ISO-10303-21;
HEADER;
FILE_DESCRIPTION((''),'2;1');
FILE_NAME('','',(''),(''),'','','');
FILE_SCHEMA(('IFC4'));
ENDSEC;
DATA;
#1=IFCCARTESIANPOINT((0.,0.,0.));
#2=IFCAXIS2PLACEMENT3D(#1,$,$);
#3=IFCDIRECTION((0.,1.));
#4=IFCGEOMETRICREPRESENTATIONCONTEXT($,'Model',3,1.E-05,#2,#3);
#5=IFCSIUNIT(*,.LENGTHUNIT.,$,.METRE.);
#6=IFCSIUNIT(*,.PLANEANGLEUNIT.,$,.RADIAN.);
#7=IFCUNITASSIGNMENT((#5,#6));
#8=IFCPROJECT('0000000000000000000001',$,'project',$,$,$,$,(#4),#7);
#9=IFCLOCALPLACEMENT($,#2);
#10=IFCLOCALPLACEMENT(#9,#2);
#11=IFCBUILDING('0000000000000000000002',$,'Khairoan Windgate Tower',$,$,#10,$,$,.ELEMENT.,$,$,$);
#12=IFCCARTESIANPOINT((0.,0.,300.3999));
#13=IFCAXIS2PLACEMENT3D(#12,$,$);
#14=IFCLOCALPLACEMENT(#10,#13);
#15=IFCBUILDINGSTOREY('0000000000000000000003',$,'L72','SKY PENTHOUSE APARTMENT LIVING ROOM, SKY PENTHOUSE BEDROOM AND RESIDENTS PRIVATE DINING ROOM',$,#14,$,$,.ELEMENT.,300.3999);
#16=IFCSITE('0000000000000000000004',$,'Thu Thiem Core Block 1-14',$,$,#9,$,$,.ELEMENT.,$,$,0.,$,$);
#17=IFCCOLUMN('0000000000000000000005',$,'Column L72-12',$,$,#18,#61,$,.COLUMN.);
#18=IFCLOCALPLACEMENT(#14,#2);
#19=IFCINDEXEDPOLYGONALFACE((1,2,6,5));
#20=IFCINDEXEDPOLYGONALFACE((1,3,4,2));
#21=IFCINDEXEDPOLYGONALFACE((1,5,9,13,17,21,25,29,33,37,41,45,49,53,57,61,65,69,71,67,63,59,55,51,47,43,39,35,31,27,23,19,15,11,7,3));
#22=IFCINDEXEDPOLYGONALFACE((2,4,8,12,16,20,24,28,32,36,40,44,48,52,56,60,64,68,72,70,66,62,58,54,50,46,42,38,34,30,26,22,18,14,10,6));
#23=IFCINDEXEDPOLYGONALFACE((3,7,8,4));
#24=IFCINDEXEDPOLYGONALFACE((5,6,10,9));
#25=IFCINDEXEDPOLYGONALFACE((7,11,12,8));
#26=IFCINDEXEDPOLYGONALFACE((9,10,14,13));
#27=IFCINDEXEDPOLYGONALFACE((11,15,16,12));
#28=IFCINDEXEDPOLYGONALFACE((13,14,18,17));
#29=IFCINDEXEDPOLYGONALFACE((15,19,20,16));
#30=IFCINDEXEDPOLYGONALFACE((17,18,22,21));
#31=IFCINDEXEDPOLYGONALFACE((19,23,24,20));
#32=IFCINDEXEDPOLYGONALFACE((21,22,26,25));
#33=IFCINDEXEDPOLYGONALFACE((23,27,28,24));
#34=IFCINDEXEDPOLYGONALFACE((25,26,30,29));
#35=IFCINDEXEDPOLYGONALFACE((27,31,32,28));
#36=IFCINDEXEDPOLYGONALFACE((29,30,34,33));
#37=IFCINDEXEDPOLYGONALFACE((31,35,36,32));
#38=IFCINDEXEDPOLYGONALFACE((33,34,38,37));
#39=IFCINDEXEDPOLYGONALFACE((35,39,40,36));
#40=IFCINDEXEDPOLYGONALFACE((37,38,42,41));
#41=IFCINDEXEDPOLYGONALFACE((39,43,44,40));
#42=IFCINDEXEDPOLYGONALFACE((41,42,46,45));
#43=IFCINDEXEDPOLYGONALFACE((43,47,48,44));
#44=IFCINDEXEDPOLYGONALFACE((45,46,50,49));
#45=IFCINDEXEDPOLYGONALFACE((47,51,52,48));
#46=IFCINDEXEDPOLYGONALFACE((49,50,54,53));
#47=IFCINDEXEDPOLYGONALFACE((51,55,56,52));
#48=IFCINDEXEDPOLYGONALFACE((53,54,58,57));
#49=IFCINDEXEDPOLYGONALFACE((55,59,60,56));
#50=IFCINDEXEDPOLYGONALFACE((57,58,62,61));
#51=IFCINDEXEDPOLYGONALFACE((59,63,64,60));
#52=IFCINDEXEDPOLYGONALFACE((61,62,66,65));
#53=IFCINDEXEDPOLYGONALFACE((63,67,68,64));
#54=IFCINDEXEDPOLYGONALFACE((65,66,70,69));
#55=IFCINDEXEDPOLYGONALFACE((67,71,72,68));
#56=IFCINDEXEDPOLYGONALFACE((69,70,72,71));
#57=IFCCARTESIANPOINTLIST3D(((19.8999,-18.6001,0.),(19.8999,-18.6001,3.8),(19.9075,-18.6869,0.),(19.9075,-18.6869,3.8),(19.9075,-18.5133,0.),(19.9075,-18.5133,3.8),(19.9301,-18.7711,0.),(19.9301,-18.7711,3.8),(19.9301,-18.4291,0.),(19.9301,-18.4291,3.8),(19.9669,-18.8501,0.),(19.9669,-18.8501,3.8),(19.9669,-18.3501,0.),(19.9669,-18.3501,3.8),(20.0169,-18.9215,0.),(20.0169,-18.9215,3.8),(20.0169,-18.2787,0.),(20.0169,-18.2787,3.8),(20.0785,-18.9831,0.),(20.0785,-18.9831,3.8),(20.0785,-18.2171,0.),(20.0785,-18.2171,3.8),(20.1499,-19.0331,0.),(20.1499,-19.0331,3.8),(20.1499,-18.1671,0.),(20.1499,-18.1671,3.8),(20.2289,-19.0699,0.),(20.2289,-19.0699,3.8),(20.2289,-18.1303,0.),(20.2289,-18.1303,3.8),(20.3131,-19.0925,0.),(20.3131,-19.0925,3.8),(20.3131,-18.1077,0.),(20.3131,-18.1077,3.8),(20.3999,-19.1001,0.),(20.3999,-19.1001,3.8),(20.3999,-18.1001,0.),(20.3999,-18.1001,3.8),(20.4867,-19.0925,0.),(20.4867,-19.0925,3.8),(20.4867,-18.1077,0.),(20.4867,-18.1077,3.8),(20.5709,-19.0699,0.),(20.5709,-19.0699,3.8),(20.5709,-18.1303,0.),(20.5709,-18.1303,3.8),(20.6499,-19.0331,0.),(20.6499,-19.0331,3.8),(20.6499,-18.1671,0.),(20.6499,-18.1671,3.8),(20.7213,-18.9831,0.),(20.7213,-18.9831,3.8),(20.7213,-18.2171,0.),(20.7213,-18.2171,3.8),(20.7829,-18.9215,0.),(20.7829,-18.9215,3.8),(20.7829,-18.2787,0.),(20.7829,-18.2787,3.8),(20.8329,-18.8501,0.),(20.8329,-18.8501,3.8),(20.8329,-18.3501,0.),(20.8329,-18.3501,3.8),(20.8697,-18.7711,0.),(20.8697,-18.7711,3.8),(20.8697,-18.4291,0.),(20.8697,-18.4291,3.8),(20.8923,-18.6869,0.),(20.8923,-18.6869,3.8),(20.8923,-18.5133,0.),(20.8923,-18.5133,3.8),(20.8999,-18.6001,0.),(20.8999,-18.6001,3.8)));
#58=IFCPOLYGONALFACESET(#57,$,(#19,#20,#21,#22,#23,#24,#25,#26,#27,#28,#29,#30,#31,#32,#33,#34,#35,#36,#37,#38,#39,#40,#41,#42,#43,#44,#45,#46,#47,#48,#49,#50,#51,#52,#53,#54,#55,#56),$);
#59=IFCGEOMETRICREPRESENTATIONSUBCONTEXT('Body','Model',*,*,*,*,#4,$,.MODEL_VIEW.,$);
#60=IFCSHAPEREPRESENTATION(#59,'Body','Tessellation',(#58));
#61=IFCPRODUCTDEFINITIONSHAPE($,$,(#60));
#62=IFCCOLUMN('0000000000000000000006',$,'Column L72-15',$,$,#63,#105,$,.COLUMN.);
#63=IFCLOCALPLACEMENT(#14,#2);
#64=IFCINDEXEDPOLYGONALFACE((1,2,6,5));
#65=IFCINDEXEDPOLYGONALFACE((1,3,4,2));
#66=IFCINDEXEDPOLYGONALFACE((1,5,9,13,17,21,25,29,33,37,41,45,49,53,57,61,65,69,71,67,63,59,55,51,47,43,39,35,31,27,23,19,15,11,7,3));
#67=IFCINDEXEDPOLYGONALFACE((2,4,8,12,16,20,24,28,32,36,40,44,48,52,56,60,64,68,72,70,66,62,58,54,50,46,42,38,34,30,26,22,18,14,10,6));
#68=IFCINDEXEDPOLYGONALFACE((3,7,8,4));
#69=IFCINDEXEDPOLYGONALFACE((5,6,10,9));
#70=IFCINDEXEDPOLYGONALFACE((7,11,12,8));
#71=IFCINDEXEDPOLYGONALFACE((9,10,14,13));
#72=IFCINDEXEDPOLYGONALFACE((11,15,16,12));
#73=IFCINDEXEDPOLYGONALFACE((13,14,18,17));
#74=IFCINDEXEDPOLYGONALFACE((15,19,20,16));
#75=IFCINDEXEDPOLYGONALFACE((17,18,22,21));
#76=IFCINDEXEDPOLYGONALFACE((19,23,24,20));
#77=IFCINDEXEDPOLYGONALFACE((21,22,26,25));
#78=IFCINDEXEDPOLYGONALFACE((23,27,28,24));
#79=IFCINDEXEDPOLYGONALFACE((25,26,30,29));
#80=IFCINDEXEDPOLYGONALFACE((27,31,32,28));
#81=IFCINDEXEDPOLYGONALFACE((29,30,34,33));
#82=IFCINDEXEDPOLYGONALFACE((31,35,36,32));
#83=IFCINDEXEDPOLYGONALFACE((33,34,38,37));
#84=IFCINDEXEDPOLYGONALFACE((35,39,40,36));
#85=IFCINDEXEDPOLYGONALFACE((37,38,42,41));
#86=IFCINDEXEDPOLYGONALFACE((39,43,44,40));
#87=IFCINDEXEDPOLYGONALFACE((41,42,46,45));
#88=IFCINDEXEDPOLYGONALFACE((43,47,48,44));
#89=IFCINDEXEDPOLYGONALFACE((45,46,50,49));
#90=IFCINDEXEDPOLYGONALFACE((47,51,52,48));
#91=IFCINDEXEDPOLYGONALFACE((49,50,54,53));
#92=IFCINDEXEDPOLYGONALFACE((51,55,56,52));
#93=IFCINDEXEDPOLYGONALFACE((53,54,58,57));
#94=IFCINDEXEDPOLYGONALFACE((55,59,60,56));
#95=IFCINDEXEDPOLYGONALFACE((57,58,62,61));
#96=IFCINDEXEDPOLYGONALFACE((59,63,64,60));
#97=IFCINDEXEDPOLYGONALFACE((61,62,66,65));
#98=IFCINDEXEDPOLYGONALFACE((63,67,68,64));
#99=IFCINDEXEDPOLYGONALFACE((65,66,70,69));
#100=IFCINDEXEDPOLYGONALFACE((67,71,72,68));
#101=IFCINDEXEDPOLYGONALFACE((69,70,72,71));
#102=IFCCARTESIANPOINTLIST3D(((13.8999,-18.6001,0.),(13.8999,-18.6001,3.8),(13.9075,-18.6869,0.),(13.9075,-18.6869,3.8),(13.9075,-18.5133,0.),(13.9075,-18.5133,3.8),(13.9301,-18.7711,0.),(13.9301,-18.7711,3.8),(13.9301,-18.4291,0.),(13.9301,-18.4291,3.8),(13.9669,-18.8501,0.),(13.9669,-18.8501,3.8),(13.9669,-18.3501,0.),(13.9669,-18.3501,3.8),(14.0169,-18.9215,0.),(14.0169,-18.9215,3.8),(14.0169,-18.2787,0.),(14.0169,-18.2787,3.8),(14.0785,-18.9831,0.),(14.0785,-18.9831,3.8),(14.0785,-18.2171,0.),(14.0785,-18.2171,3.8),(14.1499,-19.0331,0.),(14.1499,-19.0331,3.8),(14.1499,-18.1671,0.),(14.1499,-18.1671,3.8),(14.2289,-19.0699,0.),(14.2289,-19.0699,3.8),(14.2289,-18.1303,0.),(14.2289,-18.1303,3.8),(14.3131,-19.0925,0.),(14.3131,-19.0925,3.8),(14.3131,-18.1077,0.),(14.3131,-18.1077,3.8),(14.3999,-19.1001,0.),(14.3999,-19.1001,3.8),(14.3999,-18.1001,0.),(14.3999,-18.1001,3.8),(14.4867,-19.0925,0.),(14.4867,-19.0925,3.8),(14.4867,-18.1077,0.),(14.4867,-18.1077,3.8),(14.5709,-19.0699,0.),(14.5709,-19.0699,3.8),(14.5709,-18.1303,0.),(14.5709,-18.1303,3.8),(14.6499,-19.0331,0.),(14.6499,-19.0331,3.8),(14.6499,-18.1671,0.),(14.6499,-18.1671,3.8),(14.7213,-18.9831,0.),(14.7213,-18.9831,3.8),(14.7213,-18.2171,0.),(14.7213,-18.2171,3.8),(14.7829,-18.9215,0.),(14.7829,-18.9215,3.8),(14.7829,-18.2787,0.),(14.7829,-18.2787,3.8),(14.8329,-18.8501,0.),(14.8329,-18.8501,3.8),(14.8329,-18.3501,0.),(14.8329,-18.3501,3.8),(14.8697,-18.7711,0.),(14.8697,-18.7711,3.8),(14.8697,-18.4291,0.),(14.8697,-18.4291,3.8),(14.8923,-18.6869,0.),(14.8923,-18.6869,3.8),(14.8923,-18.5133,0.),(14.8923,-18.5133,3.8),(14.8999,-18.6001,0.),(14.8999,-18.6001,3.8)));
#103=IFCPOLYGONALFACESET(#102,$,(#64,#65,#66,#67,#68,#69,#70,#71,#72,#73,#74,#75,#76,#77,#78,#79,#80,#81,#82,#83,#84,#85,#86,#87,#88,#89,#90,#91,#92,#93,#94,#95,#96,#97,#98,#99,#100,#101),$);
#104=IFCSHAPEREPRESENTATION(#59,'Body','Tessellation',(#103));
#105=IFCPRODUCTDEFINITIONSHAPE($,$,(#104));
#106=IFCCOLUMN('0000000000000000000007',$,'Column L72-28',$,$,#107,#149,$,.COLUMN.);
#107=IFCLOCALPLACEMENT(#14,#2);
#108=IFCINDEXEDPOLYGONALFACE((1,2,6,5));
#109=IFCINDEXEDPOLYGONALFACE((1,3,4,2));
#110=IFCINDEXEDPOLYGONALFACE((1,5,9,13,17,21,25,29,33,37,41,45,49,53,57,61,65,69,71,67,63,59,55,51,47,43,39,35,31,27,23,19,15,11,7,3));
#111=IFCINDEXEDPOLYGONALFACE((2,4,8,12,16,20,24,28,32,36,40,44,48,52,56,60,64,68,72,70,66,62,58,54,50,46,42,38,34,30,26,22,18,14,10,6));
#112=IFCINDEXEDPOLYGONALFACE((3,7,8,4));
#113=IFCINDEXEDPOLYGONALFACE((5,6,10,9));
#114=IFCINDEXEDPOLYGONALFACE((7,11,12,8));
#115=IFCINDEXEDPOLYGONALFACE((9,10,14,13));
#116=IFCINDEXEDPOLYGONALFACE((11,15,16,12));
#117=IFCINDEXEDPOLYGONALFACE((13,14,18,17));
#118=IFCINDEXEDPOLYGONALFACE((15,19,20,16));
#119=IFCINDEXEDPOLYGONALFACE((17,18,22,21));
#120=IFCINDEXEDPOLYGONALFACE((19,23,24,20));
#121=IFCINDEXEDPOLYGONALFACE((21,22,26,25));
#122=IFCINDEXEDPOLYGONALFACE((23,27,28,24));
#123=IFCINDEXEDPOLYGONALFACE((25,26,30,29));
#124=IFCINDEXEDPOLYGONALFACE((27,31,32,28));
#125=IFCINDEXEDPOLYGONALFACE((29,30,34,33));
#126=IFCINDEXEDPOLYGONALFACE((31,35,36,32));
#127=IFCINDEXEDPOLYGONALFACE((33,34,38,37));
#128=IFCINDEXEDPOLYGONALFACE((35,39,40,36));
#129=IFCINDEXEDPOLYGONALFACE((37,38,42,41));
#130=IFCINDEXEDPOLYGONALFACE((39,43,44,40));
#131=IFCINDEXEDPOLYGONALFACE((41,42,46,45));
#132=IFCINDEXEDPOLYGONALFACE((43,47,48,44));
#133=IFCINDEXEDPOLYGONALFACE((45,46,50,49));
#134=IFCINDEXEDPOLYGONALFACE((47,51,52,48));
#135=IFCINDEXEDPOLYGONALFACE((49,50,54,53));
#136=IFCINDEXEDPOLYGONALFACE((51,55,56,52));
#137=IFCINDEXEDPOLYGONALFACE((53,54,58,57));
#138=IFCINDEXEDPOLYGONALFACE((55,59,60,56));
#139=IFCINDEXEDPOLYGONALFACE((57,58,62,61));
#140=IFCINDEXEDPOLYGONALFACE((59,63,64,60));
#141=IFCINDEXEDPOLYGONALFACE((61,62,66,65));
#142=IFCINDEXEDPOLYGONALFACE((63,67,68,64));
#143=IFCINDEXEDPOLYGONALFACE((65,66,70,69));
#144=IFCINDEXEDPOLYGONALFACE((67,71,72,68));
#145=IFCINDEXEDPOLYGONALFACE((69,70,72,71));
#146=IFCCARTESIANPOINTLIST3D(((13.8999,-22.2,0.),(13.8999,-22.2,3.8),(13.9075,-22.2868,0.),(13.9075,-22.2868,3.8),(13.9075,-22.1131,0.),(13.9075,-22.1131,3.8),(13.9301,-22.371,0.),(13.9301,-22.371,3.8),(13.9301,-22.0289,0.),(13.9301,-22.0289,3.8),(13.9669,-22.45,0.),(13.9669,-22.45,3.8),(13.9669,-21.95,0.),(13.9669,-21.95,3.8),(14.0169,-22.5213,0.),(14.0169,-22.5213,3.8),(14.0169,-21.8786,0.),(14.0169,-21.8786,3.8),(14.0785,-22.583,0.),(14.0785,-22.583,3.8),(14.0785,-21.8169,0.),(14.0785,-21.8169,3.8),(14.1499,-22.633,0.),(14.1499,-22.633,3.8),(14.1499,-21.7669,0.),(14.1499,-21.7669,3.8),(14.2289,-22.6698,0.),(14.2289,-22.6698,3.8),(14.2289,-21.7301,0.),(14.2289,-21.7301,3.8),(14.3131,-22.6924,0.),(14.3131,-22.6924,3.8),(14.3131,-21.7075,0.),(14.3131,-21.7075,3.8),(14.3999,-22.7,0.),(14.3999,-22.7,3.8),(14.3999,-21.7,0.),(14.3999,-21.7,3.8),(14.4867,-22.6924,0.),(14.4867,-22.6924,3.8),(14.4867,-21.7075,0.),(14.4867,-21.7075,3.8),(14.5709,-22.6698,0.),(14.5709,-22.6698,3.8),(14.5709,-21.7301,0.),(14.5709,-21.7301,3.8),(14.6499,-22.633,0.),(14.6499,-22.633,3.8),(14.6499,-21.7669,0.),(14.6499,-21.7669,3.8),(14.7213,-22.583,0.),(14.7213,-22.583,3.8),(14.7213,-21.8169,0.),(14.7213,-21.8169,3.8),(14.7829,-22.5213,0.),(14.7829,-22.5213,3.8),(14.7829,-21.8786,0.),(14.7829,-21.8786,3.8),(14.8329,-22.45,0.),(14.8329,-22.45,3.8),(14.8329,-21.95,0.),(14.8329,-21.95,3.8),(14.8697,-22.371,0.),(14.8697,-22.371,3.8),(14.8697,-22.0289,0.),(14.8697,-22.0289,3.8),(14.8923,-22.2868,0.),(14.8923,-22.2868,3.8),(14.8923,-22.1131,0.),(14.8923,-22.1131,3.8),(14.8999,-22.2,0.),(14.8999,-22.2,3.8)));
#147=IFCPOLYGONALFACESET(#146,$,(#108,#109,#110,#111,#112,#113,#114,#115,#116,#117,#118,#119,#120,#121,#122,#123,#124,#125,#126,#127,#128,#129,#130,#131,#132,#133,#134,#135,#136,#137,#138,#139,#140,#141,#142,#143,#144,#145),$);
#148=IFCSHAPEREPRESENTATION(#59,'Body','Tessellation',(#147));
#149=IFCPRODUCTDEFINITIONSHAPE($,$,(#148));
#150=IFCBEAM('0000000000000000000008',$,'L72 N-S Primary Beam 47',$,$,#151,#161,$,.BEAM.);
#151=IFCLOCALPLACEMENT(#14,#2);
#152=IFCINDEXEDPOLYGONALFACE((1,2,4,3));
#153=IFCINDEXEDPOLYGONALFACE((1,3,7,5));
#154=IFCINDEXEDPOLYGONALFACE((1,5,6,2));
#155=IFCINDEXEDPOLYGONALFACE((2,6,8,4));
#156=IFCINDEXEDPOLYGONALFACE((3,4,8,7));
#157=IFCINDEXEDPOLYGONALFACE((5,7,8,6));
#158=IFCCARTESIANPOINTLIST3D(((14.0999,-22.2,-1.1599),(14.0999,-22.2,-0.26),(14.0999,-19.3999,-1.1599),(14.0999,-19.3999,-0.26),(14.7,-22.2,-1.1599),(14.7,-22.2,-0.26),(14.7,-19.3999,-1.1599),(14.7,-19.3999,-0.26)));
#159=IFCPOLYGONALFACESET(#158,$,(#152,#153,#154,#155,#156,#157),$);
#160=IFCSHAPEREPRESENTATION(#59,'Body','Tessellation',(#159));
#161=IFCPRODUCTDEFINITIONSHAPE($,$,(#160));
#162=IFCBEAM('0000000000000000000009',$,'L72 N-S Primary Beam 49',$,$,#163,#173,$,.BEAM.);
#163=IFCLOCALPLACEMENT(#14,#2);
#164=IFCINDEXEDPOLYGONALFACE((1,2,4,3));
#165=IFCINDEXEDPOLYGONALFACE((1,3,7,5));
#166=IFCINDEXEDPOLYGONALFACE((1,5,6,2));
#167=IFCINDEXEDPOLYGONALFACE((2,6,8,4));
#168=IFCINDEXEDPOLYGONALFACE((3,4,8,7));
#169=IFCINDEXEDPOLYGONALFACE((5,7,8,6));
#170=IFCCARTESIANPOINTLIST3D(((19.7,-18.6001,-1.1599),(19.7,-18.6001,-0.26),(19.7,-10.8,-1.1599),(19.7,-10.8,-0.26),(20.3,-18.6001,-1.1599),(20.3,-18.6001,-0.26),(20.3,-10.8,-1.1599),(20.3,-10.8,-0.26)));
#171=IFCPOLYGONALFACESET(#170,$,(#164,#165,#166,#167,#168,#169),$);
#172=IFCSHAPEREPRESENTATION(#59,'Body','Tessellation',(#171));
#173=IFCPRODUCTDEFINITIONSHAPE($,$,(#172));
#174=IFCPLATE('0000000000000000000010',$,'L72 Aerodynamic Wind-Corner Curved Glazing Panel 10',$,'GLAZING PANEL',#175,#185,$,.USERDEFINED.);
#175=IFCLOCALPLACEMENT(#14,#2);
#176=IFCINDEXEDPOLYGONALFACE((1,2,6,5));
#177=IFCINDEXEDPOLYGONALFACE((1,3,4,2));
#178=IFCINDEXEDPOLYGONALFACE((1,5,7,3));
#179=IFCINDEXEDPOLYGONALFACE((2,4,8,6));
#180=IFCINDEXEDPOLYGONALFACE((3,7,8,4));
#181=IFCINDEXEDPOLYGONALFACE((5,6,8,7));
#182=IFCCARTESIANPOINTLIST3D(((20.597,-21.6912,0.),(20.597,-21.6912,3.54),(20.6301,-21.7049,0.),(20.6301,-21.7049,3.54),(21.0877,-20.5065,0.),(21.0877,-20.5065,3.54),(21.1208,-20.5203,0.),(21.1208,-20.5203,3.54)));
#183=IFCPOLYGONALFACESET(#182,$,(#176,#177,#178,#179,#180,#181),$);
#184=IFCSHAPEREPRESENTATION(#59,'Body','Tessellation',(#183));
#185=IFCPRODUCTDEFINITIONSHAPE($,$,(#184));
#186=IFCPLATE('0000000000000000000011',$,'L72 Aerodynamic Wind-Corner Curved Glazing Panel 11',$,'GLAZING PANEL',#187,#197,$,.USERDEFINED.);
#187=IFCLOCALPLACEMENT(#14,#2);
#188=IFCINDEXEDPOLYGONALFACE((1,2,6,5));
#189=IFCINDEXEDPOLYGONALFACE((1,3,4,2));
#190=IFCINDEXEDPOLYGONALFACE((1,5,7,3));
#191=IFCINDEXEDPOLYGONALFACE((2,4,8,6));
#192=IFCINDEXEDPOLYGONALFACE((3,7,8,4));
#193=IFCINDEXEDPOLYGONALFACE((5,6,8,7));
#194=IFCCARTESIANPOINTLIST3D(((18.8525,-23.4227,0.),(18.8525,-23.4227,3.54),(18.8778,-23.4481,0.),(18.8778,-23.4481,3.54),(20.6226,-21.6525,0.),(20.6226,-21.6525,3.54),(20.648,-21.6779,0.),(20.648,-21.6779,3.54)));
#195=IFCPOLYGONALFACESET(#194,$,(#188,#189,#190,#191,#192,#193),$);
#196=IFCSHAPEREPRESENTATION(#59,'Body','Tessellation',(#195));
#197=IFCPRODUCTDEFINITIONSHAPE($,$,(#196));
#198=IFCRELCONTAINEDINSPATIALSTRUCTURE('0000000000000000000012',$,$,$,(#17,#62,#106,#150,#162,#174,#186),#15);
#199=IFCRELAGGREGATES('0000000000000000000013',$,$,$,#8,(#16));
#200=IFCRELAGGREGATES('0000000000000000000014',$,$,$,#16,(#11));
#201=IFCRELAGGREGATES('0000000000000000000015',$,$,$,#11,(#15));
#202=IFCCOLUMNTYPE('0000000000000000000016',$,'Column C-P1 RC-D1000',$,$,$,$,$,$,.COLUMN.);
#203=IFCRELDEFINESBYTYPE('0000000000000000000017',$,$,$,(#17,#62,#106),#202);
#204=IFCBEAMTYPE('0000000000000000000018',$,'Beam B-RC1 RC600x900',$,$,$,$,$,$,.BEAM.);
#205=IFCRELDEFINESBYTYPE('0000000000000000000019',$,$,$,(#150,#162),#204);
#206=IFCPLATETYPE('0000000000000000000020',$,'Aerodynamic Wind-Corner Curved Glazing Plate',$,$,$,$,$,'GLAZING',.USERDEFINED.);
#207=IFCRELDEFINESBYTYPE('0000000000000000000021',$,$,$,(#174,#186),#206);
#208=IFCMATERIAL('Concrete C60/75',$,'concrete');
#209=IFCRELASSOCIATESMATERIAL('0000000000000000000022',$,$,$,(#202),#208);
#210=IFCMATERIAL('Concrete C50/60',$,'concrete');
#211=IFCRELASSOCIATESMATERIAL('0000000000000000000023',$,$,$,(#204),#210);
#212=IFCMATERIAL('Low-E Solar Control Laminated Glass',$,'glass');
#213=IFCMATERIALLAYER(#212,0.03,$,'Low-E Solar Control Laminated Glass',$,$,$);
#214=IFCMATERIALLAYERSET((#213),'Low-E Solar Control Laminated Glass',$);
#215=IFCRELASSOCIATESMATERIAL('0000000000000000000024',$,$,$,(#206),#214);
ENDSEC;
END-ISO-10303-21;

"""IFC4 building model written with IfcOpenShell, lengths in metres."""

from ifc_helpers import new_model, si_unit, direction, frame, origin, origin_2d, place, context, subcontext, project, spatial, rectangle, circle, extrude, material, layer, layer_set, material_profile, profile_set, type_object, element, save


model = new_model("IFC4")

# Units and contexts
model_context = context("Model", 3, precision=1e-05, world=origin(), true_north=direction((0.0, 1.0)))
body_context = subcontext(model_context, "Body", "Model", "MODEL_VIEW")
ifc_project = project(units=[si_unit("LENGTHUNIT", "METRE"), si_unit("PLANEANGLEUNIT", "RADIAN")], contexts=[model_context])

# Site, building, storey
site_placement = place(None, origin())
site = spatial("IfcSite", under=ifc_project, at=site_placement, Name="Thu Thiem Core Block 1-14", CompositionType="ELEMENT", RefElevation=0.0)
building_placement = place(site_placement, origin())
building = spatial("IfcBuilding", under=site, at=building_placement, Name="Khairoan Windgate Tower", CompositionType="ELEMENT")
storey_placement = place(building_placement, frame((0.0, 0.0, 300.3999)))
storey = spatial("IfcBuildingStorey", under=building, at=storey_placement, Name="L72", Description="SKY PENTHOUSE APARTMENT LIVING ROOM, SKY PENTHOUSE BEDROOM AND RESIDENTS PRIVATE DINING ROOM", CompositionType="ELEMENT", Elevation=300.3999)

# Columns
ifc_material_1 = material(Name="Concrete C60/75", Category="concrete")
ifc_material_profile_1 = material_profile(ifc_material_1, circle(Radius=0.5, at=origin_2d()))
ifc_profile_set_1 = profile_set([ifc_material_profile_1], Name="Concrete C60/75")
column_type = type_object("IfcColumnType", Name="Column C-P1 RC-D1000", PredefinedType="COLUMN", material=ifc_profile_set_1)
for number, where, z_axis, x_axis, name in (
    (1, (20.3999, -18.6001, 0.0), (0.0, 0.0, 1.0), (1.0, 0.0, 0.0), "Column L72-12"),
    (2, (14.3999, -18.6001, 0.0), (0.0, 0.0, 1.0), (1.0, 0.0, 0.0), "Column L72-15"),
    (3, (14.3999, -22.2, 0.0), (0.0, 0.0, 1.0), (1.0, 0.0, 0.0), "Column L72-28"),
):
    element("IfcColumn", number, at=place(storey_placement, frame(where, z_axis=z_axis, x_axis=x_axis)), inside=storey, type_object=column_type, Name=name, PredefinedType="COLUMN", context=body_context, shape_type="SweptSolid", body=[
        extrude(circle(Radius=0.5, at=origin_2d()), origin(), (0.0, 0.0, 1.0), 3.8),
    ])

# Beams
ifc_material_2 = material(Name="Concrete C50/60", Category="concrete")
ifc_material_profile_2 = material_profile(ifc_material_2, rectangle(XDim=0.6001, YDim=0.8999, at=origin_2d()))
ifc_profile_set_2 = profile_set([ifc_material_profile_2], Name="Concrete C50/60")
beam_type = type_object("IfcBeamType", Name="Beam B-RC1 RC600x900", PredefinedType="BEAM", material=ifc_profile_set_2)
beam_1_placement = place(storey_placement, frame((14.3999, -22.2, -0.71), z_axis=(0.0, 1.0, 0.0), x_axis=(-1.0, 0.0, 0.0)))
element("IfcBeam", 4, at=beam_1_placement, inside=storey, type_object=beam_type, Name="L72 N-S Primary Beam 47", PredefinedType="BEAM", context=body_context, shape_type="SweptSolid", body=[
    extrude(rectangle(XDim=0.6001, YDim=0.8999, at=origin_2d()), origin(), (0.0, 0.0, 1.0), 2.8),
])
beam_2_placement = place(storey_placement, frame((20.0, -18.6001, -0.71), z_axis=(0.0, 1.0, 0.0), x_axis=(-1.0, 0.0, 0.0)))
element("IfcBeam", 5, at=beam_2_placement, inside=storey, type_object=beam_type, Name="L72 N-S Primary Beam 49", PredefinedType="BEAM", context=body_context, shape_type="SweptSolid", body=[
    extrude(rectangle(XDim=0.6001, YDim=0.8999, at=origin_2d()), origin(), (0.0, 0.0, 1.0), 7.8),
])

# Plates
ifc_material_3 = material(Name="Low-E Solar Control Laminated Glass", Category="glass")
ifc_layer_1 = layer(ifc_material_3, 0.03, Name="Low-E Solar Control Laminated Glass")
ifc_layer_set_1 = layer_set([ifc_layer_1], Name="Low-E Solar Control Laminated Glass")
plate_type_1 = type_object("IfcPlateType", Name="Aerodynamic Wind-Corner Curved Glazing Plate", ElementType="GLAZING", PredefinedType="USERDEFINED", material=ifc_layer_set_1)
plate_1_placement = place(storey_placement, frame((20.8589, -21.1057, 0.0), z_axis=(0.0, 0.0, 1.0), x_axis=(-0.382683, -0.92388, 0.0)))
element("IfcPlate", 6, at=plate_1_placement, inside=storey, type_object=plate_type_1, Name="L72 Aerodynamic Wind-Corner Curved Glazing Panel 10", ObjectType="GLAZING PANEL", PredefinedType="USERDEFINED", context=body_context, shape_type="SweptSolid", body=[
    extrude(rectangle(XDim=1.2822, YDim=0.0359, at=origin_2d()), origin(), (0.0, 0.0, 1.0), 3.54),
])
plate_2_placement = place(storey_placement, frame((19.7502, -22.5503, 0.0), z_axis=(0.0, 0.0, 1.0), x_axis=(-0.707107, -0.707107, 0.0)))
element("IfcPlate", 7, at=plate_2_placement, inside=storey, type_object=plate_type_1, Name="L72 Aerodynamic Wind-Corner Curved Glazing Panel 11", ObjectType="GLAZING PANEL", PredefinedType="USERDEFINED", context=body_context, shape_type="SweptSolid", body=[
    extrude(rectangle(XDim=2.5034, YDim=0.0359, at=origin_2d()), origin(), (0.0, 0.0, 1.0), 3.54),
])

save(model, "model.ifc")
